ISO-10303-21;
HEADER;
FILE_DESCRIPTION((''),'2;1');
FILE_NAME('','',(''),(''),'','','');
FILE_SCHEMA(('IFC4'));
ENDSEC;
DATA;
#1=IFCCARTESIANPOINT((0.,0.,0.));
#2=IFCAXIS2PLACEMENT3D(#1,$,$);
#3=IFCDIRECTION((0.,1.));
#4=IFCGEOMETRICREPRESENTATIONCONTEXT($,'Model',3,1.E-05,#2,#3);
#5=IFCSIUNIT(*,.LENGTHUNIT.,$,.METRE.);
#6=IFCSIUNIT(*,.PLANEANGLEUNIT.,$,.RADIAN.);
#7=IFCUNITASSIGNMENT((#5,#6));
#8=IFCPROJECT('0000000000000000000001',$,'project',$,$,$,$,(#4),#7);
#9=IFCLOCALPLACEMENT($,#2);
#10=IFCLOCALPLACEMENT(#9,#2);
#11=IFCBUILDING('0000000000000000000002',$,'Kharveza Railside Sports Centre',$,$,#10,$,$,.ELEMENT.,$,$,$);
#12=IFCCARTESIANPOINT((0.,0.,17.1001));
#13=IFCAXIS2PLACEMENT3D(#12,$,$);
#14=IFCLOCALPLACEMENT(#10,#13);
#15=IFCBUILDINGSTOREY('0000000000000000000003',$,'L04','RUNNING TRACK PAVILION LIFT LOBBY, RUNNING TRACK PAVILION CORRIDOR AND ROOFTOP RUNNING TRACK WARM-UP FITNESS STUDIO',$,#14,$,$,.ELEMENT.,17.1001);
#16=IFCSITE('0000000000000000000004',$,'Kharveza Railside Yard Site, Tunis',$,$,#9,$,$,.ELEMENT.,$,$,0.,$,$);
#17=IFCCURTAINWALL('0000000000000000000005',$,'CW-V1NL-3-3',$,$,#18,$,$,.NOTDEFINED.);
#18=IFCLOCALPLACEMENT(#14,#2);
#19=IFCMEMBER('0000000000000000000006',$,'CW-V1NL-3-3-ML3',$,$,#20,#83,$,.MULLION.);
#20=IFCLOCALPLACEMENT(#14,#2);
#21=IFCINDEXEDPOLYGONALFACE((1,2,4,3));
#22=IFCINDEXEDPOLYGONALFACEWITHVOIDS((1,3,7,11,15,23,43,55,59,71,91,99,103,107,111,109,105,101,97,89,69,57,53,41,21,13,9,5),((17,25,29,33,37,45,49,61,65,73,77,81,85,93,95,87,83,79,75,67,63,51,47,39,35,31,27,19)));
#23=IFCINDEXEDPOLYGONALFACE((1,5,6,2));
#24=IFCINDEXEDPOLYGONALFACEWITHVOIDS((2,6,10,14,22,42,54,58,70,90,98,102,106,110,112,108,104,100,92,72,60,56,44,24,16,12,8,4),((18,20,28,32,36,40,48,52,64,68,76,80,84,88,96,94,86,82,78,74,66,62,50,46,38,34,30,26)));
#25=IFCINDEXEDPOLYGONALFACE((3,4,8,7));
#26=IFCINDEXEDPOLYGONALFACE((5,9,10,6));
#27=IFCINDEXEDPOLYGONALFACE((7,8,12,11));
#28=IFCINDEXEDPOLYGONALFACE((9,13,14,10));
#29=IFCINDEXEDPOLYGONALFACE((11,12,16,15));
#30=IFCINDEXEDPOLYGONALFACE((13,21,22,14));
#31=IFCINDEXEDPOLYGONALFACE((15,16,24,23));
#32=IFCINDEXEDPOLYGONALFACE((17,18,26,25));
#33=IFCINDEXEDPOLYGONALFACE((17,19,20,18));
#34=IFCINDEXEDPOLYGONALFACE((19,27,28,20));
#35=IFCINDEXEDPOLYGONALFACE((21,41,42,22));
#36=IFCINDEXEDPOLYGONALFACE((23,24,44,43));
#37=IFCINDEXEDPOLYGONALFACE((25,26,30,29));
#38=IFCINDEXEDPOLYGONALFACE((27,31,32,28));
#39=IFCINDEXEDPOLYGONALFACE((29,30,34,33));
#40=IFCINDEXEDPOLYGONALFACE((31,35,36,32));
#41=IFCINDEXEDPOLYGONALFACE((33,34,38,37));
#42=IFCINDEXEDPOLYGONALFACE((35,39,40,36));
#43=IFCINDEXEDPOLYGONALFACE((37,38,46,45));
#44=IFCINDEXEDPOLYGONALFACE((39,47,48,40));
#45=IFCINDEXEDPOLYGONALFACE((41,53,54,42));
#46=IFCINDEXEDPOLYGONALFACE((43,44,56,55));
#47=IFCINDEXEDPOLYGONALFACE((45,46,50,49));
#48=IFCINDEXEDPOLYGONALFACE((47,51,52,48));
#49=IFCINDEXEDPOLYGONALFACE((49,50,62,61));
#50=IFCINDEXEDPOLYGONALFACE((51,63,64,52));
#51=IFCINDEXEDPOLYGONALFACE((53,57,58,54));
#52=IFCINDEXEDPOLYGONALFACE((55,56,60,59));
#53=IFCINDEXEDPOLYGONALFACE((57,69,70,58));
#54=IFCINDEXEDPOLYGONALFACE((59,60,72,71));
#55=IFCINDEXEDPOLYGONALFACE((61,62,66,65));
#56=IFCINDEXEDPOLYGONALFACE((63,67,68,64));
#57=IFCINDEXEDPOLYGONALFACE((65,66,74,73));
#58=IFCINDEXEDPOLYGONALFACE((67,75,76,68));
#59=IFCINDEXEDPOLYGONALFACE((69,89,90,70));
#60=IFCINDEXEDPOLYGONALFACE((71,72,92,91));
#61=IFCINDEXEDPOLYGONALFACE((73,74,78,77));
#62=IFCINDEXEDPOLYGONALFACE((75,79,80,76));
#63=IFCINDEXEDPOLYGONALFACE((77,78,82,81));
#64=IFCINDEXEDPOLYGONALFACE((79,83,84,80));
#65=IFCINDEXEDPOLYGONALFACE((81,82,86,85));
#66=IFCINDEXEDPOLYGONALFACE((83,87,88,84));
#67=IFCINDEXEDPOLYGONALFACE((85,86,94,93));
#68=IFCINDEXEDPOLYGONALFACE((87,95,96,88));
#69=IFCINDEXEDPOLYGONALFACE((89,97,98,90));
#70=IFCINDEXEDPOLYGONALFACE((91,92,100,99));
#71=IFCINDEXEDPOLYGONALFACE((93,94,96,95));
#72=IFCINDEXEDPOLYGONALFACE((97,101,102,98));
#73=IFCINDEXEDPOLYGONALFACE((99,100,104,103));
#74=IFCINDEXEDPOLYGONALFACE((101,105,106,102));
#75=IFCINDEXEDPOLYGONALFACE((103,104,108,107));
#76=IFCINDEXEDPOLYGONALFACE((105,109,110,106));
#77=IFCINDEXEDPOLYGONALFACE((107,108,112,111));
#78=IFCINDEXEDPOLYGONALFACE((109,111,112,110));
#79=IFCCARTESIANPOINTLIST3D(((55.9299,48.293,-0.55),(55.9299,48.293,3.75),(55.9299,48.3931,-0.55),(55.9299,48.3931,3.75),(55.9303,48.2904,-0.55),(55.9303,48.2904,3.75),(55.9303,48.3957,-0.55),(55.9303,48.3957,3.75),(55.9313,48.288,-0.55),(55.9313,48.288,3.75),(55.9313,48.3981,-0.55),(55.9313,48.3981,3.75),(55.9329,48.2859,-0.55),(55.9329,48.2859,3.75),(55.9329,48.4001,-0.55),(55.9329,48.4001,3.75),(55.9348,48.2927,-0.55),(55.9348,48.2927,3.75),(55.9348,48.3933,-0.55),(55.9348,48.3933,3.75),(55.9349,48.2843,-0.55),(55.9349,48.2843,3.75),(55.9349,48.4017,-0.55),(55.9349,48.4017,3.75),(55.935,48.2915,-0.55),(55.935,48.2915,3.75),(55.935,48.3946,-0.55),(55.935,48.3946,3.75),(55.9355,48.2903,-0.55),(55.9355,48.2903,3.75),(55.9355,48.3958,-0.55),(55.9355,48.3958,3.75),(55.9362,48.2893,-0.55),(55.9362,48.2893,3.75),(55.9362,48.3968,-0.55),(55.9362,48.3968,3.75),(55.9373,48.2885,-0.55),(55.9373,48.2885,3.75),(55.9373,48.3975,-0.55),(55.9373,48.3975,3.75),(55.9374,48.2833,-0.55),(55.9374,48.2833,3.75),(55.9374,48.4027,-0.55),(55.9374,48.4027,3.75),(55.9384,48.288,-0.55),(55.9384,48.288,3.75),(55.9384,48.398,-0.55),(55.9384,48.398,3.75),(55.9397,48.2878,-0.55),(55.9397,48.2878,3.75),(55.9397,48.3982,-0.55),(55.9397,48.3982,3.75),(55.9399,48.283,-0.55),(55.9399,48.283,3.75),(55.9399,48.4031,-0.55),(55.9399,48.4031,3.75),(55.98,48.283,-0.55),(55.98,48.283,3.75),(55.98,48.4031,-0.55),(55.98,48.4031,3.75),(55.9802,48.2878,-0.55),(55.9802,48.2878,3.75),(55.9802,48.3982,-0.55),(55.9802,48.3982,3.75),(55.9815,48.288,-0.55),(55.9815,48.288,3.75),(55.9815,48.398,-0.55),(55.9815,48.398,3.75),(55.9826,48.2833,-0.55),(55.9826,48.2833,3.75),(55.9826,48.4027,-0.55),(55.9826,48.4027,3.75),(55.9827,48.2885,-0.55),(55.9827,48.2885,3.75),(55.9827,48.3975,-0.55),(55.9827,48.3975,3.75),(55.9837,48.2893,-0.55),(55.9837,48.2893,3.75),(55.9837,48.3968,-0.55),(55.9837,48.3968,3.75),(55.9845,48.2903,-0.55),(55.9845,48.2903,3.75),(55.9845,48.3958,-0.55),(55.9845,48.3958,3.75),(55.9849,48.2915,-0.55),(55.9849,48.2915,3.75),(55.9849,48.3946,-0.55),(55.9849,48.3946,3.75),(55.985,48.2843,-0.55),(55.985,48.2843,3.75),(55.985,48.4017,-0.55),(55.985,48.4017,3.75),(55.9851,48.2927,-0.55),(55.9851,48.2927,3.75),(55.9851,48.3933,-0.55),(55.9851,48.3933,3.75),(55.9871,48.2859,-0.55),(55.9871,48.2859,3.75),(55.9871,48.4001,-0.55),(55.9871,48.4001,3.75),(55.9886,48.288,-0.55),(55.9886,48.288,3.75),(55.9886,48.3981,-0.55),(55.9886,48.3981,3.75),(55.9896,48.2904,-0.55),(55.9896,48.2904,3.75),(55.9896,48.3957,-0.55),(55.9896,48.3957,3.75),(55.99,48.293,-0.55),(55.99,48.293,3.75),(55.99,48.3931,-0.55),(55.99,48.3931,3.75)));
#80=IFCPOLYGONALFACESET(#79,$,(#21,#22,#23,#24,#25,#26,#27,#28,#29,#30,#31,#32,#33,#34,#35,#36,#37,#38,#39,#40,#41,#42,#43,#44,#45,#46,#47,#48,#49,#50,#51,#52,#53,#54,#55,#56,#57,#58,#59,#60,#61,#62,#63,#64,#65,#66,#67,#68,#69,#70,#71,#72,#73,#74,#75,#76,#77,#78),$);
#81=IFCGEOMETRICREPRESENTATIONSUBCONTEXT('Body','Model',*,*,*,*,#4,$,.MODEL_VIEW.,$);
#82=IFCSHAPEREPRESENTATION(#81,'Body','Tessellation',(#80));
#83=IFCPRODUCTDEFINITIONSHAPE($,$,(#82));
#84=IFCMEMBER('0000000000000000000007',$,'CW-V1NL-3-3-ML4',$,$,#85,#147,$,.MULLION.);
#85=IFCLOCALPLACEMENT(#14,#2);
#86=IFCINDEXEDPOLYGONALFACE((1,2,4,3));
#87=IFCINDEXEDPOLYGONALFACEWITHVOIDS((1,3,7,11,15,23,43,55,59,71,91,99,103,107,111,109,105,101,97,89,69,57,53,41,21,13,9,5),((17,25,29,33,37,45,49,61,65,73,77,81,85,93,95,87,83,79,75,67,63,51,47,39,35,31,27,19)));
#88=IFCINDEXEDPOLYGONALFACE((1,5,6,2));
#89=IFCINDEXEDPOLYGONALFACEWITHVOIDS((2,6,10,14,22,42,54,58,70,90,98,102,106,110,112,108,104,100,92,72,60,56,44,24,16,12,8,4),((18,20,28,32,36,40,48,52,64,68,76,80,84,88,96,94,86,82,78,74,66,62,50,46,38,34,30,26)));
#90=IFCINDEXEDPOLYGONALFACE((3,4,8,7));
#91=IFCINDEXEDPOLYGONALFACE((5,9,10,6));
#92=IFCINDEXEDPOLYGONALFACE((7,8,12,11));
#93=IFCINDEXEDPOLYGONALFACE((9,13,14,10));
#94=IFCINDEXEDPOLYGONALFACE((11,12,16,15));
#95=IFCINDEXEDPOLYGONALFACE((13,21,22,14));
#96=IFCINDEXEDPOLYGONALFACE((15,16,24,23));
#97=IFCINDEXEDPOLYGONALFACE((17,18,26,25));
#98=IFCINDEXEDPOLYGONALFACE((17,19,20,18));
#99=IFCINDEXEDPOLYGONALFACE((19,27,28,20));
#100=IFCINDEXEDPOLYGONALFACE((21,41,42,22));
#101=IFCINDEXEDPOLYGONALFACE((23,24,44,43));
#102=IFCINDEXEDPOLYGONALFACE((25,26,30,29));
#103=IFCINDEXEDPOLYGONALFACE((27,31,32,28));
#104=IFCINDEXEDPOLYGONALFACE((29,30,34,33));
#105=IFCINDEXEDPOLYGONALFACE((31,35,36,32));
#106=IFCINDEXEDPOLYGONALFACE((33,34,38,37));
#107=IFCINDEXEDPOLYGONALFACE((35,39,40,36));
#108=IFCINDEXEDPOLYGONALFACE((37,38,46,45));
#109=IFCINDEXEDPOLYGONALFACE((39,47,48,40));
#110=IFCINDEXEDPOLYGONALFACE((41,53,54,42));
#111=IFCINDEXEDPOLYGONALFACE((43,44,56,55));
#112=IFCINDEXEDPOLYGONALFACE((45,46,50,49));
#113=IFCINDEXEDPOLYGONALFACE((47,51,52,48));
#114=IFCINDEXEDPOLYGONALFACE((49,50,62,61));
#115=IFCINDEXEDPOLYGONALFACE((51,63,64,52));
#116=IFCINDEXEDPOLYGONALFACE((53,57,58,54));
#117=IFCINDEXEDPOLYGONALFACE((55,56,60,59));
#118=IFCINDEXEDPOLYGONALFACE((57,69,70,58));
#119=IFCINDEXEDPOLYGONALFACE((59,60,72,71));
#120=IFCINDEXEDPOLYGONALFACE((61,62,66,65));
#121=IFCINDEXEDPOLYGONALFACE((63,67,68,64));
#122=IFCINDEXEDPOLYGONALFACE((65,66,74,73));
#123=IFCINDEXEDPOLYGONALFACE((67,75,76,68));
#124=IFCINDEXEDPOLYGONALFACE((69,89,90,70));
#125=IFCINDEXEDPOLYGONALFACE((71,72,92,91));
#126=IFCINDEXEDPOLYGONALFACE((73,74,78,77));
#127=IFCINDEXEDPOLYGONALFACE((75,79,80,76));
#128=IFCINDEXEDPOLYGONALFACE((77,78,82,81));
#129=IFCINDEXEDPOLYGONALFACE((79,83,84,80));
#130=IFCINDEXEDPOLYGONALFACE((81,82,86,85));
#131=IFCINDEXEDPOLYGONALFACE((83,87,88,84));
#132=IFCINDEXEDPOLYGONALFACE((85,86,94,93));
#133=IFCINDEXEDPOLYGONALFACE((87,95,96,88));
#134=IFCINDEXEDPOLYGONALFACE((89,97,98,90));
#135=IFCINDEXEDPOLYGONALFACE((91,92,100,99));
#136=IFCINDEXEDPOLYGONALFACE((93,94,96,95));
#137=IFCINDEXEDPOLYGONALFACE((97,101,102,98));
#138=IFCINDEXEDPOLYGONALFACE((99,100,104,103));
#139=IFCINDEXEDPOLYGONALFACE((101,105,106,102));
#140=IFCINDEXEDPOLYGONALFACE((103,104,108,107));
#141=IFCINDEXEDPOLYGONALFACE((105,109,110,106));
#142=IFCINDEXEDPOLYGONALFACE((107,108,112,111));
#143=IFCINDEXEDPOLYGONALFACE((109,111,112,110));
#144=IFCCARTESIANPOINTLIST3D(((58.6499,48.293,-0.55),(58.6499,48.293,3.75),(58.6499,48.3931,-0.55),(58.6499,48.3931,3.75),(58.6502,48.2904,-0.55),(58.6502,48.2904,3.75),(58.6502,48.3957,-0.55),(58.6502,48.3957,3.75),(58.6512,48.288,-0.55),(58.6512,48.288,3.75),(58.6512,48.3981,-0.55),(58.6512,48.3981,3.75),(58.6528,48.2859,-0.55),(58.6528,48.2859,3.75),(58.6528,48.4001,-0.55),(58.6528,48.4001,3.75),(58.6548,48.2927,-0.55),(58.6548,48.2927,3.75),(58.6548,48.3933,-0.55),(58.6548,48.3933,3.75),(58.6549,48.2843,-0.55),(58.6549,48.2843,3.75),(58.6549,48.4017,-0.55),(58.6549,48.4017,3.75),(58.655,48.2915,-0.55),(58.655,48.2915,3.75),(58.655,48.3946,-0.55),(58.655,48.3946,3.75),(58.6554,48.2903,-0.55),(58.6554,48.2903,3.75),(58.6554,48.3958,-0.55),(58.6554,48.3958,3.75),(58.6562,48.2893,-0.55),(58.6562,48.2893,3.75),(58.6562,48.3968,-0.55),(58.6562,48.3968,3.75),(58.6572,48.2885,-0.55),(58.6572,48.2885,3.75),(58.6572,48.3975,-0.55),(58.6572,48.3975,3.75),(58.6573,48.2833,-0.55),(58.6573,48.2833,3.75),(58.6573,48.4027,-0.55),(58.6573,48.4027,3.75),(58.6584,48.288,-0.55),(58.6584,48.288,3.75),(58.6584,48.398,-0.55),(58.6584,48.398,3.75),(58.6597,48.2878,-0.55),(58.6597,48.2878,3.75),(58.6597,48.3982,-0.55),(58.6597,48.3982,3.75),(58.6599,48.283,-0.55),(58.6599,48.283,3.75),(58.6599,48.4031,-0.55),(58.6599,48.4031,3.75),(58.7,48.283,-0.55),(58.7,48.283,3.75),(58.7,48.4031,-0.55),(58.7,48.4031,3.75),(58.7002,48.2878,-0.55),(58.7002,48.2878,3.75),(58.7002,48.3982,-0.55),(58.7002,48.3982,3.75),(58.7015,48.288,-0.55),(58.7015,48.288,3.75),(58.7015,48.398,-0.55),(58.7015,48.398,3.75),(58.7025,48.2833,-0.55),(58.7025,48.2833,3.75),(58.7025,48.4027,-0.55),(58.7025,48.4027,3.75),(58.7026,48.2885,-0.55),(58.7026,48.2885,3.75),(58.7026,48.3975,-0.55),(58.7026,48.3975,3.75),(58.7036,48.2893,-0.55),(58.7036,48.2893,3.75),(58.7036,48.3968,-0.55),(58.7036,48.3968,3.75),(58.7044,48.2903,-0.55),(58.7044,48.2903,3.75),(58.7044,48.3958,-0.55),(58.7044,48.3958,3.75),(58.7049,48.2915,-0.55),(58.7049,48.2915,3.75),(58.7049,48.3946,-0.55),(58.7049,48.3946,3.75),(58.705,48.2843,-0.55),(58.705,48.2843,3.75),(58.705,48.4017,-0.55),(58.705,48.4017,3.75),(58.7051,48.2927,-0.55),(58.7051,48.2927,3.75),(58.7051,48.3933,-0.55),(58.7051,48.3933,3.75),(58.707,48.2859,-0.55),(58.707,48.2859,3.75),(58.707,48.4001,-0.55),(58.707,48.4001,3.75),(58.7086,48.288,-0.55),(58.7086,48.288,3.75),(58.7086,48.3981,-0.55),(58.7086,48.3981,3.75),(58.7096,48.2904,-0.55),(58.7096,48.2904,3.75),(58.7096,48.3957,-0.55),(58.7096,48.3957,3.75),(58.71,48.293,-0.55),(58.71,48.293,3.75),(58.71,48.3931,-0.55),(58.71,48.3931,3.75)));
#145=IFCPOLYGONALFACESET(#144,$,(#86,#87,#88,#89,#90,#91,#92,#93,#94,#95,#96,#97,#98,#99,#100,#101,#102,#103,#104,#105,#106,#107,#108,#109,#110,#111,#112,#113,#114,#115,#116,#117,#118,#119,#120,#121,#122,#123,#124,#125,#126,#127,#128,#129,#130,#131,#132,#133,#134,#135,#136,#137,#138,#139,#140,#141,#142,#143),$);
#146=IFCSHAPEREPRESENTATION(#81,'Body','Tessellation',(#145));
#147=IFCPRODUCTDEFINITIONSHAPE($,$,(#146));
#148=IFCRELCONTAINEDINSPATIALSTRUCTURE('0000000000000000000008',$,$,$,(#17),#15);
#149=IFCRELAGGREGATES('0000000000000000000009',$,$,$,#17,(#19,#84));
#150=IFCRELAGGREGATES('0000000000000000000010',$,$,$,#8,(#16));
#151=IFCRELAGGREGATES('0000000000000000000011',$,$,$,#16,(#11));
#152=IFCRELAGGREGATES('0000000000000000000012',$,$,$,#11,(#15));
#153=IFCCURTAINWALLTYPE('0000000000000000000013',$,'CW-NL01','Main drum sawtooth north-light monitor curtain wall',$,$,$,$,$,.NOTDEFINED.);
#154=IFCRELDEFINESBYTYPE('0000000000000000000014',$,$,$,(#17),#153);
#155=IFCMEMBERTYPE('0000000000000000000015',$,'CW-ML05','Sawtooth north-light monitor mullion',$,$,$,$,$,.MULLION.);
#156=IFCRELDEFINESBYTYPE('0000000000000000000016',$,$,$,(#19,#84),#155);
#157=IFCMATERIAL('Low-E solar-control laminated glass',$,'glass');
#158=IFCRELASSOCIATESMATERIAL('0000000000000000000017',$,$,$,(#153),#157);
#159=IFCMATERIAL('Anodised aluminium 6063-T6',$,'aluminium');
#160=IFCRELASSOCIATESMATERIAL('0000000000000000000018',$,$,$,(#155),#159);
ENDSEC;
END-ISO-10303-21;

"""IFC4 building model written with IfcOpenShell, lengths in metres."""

from ifc_helpers import new_model, si_unit, direction, frame, origin, origin_2d, place, context, subcontext, project, spatial, hollow_rectangle, extrude, material, material_profile, profile_set, type_object, element, aggregate, save


model = new_model("IFC4")

# Units and contexts
model_context = context("Model", 3, precision=1e-05, world=origin(), true_north=direction((0.0, 1.0)))
body_context = subcontext(model_context, "Body", "Model", "MODEL_VIEW")
ifc_project = project(units=[si_unit("LENGTHUNIT", "METRE"), si_unit("PLANEANGLEUNIT", "RADIAN")], contexts=[model_context])

# Site, building, storey
site_placement = place(None, origin())
site = spatial("IfcSite", under=ifc_project, at=site_placement, Name="Kharveza Railside Yard Site, Tunis", CompositionType="ELEMENT", RefElevation=0.0)
building_placement = place(site_placement, origin())
building = spatial("IfcBuilding", under=site, at=building_placement, Name="Kharveza Railside Sports Centre", CompositionType="ELEMENT")
storey_placement = place(building_placement, frame((0.0, 0.0, 17.1001)))
storey = spatial("IfcBuildingStorey", under=building, at=storey_placement, Name="L04", Description="RUNNING TRACK PAVILION LIFT LOBBY, RUNNING TRACK PAVILION CORRIDOR AND ROOFTOP RUNNING TRACK WARM-UP FITNESS STUDIO", CompositionType="ELEMENT", Elevation=17.1001)

# Curtain wall, members
ifc_material_1 = material(Name="Low-E solar-control laminated glass", Category="glass")
curtain_wall_type = type_object("IfcCurtainWallType", Name="CW-NL01", Description="Main drum sawtooth north-light monitor curtain wall", PredefinedType="NOTDEFINED", material=ifc_material_1)
curtain_wall_1_placement = place(storey_placement, origin())
curtain_wall_1 = element("IfcCurtainWall", 1, at=curtain_wall_1_placement, inside=storey, type_object=curtain_wall_type, Name="CW-V1NL-3-3", PredefinedType="NOTDEFINED")
ifc_material_2 = material(Name="Anodised aluminium 6063-T6", Category="aluminium")
ifc_material_profile_1 = material_profile(ifc_material_2, hollow_rectangle(XDim=0.0601, YDim=0.1201, WallThickness=0.0049, InnerFilletRadius=0.0049, OuterFilletRadius=0.01, at=origin_2d()), Name="RHS 60x120x5.0")
ifc_profile_set_1 = profile_set([ifc_material_profile_1], Name="Anodised aluminium 6063-T6")
member_type_1 = type_object("IfcMemberType", Name="CW-ML05", Description="Sawtooth north-light monitor mullion", PredefinedType="MULLION", material=ifc_profile_set_1)
member_1_placement = place(storey_placement, frame((55.96, 48.343, -0.55), z_axis=(0.0, 0.0, 1.0), x_axis=(1.0, 0.0, 0.0)))
member_1 = element("IfcMember", 2, at=member_1_placement, type_object=member_type_1, Name="CW-V1NL-3-3-ML3", PredefinedType="MULLION", context=body_context, shape_type="SweptSolid", body=[
    extrude(hollow_rectangle(XDim=0.0601, YDim=0.1201, WallThickness=0.0049, InnerFilletRadius=0.0049, OuterFilletRadius=0.01, at=origin_2d()), origin(), (0.0, 0.0, 1.0), 4.3),
])
member_2_placement = place(storey_placement, frame((58.6799, 48.343, -0.55), z_axis=(0.0, 0.0, 1.0), x_axis=(1.0, 0.0, 0.0)))
member_2 = element("IfcMember", 3, at=member_2_placement, type_object=member_type_1, Name="CW-V1NL-3-3-ML4", PredefinedType="MULLION", context=body_context, shape_type="SweptSolid", body=[
    extrude(hollow_rectangle(XDim=0.0601, YDim=0.1201, WallThickness=0.0049, InnerFilletRadius=0.0049, OuterFilletRadius=0.01, at=origin_2d()), origin(), (0.0, 0.0, 1.0), 4.3),
])

aggregate(curtain_wall_1, [member_1, member_2])

save(model, "model.ifc")
